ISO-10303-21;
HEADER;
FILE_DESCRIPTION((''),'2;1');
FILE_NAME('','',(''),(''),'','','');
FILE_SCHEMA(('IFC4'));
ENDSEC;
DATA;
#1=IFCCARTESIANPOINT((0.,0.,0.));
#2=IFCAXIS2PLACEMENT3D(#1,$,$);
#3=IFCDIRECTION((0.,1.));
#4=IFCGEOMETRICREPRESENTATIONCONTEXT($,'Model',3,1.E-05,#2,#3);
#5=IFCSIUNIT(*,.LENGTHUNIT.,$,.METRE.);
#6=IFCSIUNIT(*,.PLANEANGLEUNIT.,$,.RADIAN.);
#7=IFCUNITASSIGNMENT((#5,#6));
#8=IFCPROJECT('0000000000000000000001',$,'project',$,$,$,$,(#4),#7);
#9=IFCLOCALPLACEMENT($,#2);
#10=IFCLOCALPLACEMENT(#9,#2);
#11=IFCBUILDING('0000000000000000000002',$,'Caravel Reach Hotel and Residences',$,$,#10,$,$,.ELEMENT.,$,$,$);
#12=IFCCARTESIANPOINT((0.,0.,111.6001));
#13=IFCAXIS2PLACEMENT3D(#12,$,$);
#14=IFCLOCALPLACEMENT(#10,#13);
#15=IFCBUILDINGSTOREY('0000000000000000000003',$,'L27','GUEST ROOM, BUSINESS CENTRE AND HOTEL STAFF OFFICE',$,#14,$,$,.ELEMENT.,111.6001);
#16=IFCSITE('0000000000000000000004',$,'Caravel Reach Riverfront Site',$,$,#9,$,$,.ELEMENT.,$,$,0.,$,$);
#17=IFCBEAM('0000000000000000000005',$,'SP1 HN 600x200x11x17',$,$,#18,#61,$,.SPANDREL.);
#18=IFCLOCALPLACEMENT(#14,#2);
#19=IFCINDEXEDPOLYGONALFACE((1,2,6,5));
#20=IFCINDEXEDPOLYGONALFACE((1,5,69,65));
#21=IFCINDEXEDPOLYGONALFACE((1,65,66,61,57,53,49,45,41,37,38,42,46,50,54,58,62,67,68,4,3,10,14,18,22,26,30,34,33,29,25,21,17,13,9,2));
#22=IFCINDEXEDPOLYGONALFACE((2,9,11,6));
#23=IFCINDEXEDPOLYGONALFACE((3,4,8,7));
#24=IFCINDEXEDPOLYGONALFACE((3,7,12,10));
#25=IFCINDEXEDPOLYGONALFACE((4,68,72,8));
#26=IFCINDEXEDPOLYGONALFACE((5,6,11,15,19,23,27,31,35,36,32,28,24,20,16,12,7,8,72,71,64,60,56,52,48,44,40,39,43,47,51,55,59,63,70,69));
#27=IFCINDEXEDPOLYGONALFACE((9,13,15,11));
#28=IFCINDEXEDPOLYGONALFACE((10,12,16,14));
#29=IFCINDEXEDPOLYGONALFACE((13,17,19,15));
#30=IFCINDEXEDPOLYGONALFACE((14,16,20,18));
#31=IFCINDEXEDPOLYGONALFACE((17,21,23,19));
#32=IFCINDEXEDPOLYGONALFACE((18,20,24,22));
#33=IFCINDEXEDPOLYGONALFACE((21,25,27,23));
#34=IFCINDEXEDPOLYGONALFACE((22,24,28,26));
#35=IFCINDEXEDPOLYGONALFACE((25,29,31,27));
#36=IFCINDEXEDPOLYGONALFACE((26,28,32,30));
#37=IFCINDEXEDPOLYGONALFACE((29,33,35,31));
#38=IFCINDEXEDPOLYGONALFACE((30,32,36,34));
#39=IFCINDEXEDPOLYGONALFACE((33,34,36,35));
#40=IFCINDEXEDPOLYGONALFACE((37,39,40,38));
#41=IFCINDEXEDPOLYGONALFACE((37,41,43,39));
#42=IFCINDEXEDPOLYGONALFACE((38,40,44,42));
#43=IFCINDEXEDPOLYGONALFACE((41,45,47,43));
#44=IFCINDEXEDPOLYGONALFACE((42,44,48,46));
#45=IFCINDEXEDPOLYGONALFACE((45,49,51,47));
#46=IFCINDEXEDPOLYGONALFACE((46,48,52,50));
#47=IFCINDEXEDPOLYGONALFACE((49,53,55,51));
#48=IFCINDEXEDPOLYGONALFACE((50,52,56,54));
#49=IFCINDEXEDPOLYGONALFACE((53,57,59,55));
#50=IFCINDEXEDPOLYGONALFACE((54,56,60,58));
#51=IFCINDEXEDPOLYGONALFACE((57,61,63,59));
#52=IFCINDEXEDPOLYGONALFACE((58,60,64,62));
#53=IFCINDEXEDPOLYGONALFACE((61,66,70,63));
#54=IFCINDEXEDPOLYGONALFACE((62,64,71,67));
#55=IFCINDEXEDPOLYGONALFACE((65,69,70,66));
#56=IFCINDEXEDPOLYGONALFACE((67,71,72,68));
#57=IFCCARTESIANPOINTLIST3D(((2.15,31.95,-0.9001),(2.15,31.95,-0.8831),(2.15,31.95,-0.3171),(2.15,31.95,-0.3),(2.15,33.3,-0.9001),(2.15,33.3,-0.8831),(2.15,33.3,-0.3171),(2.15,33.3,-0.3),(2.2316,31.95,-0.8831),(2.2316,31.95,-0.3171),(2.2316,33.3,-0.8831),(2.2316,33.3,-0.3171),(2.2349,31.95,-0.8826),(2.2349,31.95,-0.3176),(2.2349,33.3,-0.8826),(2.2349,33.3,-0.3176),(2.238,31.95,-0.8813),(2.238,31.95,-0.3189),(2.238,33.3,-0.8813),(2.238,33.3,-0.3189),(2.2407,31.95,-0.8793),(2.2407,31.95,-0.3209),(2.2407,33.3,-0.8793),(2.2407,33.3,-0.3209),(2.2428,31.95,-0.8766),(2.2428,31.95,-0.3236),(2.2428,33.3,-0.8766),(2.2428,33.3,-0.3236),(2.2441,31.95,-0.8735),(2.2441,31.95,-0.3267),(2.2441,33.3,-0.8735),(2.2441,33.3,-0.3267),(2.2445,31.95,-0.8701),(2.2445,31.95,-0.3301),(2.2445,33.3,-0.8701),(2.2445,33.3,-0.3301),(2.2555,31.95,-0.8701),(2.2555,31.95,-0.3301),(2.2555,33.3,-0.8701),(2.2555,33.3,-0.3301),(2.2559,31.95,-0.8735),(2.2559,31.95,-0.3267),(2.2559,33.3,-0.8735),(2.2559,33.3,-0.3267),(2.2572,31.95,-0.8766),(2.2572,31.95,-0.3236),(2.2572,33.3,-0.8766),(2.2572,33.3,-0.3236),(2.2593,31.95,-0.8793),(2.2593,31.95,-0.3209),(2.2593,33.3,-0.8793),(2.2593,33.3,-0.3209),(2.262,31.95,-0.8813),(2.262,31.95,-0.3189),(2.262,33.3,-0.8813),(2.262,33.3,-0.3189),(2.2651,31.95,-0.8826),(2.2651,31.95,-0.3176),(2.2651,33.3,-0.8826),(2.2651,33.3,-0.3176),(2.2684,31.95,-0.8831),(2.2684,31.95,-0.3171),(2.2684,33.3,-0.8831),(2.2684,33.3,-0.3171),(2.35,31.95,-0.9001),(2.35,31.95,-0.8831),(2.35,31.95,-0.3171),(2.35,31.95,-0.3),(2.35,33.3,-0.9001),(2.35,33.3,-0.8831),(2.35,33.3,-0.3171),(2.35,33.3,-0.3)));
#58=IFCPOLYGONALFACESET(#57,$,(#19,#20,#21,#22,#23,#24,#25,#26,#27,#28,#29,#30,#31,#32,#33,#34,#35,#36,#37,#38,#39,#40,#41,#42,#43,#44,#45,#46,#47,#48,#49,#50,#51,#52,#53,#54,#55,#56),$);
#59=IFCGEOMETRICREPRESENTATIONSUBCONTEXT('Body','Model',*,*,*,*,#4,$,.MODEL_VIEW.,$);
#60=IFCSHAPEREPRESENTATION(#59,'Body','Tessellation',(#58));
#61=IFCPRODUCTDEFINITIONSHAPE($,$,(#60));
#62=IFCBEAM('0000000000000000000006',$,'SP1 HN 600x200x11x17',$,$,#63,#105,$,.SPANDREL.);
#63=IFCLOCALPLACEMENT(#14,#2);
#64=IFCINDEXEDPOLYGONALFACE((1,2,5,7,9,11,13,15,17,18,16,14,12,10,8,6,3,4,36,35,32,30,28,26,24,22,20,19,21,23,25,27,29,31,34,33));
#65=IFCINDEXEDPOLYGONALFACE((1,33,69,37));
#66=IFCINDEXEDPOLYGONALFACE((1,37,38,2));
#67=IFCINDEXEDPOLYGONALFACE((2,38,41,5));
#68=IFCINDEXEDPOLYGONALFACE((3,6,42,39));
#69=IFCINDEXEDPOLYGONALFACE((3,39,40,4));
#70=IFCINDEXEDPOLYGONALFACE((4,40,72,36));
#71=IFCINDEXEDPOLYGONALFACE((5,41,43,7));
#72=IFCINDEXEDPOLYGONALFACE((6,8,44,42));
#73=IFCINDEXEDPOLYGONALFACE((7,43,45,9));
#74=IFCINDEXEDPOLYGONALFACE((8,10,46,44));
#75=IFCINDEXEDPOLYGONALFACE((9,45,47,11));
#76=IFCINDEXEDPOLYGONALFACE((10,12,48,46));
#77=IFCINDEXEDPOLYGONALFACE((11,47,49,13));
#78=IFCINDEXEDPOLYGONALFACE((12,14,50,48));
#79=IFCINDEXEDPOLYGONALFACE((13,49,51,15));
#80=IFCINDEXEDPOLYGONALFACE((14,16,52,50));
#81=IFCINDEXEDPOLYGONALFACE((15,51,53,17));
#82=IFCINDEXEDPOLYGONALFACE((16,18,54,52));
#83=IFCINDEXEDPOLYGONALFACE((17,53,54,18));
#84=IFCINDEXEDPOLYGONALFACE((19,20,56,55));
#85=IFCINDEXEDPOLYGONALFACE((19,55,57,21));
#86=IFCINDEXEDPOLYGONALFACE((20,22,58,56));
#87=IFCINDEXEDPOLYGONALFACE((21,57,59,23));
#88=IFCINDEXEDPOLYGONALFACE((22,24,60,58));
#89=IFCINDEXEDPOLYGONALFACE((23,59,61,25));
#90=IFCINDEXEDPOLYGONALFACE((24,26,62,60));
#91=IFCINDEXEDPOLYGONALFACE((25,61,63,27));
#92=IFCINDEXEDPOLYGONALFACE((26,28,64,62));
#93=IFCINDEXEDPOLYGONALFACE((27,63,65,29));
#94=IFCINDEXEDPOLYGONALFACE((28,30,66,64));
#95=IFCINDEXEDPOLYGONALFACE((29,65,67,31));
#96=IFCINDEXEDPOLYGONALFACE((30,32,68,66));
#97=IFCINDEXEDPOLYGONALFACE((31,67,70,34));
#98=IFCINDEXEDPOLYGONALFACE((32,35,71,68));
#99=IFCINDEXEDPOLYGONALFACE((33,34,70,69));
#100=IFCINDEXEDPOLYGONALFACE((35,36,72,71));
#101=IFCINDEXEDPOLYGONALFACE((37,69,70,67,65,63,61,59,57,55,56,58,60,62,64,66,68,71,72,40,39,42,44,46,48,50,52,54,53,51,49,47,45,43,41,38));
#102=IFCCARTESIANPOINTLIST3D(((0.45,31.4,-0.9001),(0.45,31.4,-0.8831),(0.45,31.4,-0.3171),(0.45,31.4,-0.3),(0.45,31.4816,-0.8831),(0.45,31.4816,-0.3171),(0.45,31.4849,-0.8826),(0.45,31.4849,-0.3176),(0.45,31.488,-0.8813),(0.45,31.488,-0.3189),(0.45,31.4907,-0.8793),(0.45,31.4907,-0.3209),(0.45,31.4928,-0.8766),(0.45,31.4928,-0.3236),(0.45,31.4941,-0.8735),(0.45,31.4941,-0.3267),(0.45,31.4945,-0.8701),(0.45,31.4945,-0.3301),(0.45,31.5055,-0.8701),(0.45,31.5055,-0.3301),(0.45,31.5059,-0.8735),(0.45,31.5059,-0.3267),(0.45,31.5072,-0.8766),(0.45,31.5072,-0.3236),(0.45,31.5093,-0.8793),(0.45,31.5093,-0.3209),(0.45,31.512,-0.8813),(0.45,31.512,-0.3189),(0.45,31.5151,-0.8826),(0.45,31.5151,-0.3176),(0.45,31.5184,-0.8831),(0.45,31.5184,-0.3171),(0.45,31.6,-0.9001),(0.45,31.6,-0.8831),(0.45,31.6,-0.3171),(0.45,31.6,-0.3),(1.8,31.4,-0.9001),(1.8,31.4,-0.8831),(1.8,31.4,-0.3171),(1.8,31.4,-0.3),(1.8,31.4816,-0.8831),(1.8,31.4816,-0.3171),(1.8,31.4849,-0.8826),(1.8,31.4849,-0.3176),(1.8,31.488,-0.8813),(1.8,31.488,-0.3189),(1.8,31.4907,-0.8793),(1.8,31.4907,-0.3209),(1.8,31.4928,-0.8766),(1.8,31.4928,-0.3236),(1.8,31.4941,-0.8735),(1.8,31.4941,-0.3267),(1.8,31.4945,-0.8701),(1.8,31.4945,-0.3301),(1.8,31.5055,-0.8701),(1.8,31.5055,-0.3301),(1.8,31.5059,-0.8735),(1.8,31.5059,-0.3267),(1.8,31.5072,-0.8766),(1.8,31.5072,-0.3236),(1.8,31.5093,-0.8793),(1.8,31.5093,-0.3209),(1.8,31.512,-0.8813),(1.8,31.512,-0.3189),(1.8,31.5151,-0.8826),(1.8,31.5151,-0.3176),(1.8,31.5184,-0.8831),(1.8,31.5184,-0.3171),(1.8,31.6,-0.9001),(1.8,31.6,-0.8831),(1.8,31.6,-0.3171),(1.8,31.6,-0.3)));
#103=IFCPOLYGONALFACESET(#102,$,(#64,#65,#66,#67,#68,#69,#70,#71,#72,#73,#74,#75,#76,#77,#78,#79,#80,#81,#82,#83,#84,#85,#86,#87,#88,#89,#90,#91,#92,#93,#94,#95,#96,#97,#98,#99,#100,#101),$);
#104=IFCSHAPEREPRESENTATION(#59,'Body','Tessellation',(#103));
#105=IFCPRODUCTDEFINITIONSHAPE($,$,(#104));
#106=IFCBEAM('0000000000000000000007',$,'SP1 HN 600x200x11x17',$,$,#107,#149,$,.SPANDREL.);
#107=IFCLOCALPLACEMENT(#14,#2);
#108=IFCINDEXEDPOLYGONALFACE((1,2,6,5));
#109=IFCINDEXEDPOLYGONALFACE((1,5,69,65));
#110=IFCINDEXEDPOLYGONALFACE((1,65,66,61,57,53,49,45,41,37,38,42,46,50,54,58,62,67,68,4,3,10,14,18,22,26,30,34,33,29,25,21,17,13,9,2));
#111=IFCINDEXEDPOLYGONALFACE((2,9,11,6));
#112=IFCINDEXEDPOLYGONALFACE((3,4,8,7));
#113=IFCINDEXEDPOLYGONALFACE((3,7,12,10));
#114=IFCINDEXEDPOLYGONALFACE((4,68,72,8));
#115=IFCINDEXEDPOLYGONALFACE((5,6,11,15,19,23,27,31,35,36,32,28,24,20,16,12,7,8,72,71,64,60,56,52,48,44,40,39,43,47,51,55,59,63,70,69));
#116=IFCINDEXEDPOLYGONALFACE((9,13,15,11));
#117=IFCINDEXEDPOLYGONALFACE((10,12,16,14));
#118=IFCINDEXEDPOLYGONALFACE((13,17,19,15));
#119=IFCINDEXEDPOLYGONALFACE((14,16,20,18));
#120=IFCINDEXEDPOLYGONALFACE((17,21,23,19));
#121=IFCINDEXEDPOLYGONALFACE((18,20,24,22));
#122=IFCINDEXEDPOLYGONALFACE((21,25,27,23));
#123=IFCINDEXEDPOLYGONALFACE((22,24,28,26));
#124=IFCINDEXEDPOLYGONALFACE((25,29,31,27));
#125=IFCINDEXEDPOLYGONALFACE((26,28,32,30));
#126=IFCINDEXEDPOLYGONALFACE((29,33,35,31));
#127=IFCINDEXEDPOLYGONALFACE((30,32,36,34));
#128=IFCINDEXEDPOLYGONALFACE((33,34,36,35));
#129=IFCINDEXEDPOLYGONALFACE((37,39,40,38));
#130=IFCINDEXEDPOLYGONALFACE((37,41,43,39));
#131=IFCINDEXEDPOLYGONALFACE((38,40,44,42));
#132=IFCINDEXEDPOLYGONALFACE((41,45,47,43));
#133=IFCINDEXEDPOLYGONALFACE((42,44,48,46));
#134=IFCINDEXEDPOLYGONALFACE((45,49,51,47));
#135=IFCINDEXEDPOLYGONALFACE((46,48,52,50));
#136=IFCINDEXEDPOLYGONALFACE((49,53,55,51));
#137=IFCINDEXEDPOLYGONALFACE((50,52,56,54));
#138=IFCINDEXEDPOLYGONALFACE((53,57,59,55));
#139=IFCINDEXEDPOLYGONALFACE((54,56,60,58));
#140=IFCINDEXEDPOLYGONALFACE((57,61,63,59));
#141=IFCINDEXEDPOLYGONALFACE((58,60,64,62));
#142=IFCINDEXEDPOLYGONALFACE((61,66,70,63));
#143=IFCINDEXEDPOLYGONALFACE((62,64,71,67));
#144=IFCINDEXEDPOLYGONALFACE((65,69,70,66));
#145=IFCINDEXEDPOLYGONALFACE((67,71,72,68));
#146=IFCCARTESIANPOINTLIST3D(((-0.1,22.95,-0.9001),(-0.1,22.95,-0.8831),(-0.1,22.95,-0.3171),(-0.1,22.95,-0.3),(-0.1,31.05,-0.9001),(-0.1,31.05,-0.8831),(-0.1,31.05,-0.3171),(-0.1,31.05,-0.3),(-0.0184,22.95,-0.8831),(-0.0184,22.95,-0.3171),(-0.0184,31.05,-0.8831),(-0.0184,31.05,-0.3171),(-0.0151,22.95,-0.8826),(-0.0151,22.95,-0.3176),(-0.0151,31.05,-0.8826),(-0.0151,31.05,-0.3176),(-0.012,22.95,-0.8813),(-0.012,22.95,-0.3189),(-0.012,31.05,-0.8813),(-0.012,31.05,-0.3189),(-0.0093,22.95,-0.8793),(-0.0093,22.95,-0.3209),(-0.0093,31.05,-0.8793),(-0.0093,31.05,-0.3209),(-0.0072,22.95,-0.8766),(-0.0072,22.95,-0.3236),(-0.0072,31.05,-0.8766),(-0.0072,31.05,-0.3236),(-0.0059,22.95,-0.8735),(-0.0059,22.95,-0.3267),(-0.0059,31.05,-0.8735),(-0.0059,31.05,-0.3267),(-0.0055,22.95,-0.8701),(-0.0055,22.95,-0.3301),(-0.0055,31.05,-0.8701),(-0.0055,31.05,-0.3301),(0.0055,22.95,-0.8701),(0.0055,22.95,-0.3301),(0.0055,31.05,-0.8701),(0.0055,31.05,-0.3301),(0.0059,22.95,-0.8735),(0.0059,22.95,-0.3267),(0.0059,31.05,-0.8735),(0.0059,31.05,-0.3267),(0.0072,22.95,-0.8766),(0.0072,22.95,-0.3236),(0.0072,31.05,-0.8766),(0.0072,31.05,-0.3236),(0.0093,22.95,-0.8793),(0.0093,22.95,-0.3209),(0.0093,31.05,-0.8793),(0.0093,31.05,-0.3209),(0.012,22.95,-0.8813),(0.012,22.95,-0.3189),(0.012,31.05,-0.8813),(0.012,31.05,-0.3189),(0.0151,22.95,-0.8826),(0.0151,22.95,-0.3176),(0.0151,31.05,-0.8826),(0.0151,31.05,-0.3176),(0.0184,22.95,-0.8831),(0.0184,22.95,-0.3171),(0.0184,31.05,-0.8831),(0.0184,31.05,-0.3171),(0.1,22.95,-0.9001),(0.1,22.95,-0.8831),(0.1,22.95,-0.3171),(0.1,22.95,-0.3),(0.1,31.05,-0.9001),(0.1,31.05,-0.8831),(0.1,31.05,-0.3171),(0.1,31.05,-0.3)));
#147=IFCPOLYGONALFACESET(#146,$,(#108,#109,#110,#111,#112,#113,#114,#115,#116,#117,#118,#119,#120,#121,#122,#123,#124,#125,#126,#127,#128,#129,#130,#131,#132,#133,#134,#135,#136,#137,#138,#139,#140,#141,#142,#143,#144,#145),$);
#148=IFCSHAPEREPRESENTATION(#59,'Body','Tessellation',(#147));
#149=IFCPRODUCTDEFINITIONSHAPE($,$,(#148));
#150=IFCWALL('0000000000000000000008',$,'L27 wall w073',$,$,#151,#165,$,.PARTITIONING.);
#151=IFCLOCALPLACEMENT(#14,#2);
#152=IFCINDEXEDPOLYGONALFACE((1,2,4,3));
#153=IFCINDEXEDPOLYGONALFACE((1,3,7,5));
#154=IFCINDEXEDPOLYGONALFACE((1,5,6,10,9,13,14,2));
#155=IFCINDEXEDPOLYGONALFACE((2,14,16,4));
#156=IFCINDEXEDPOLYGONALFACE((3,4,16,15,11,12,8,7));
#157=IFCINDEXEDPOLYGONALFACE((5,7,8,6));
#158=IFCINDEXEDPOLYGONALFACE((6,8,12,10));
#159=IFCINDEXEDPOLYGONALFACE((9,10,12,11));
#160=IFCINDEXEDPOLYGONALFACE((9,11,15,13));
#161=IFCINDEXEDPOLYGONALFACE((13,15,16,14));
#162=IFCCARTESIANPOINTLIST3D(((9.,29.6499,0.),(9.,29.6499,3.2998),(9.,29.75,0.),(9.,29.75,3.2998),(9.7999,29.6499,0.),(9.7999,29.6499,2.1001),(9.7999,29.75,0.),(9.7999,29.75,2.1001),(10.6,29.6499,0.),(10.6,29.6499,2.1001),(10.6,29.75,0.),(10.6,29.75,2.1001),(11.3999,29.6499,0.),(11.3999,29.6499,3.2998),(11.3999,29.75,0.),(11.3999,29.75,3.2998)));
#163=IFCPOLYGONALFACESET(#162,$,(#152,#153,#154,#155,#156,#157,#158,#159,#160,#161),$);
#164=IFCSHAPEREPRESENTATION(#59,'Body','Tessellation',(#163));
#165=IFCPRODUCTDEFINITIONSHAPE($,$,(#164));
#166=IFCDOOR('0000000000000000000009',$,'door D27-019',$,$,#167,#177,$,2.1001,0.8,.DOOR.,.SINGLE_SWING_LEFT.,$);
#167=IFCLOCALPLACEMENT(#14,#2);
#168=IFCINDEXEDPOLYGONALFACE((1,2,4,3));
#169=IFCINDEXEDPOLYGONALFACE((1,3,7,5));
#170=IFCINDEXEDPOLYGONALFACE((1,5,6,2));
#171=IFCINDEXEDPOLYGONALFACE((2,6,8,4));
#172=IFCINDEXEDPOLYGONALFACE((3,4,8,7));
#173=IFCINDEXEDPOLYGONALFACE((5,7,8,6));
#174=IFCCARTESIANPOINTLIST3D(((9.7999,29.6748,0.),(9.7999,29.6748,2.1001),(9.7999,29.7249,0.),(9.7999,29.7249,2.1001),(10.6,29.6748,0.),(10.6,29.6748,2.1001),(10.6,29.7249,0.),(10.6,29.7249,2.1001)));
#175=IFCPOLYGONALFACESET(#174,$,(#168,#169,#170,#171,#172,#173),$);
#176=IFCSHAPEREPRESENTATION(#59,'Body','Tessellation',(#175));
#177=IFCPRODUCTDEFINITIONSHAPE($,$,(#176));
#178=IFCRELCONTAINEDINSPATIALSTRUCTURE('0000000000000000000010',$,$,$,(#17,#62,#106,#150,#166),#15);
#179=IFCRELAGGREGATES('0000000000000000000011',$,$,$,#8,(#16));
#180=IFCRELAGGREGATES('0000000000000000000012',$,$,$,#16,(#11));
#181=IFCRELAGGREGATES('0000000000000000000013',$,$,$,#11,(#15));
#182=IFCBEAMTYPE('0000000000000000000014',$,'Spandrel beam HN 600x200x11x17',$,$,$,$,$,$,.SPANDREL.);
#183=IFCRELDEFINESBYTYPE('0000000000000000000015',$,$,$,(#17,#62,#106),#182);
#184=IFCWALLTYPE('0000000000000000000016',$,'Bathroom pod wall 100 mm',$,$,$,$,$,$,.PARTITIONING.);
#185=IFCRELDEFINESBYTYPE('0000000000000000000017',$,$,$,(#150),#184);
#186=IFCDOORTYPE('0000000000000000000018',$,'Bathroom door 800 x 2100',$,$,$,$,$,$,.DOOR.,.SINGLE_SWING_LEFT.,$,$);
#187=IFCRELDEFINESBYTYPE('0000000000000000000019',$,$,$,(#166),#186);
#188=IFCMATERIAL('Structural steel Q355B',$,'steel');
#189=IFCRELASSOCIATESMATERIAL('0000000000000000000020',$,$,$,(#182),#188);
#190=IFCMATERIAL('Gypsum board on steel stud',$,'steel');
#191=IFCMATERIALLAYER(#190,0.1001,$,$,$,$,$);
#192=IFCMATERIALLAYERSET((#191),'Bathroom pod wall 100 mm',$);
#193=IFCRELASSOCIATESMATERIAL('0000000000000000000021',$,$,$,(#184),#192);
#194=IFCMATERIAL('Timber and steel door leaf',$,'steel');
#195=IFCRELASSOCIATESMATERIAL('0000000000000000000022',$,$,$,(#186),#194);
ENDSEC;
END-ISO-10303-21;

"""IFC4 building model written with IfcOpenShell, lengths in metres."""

from ifc_helpers import new_model, si_unit, direction, frame, frame_2d, origin, origin_2d, place, context, subcontext, project, spatial, rectangle, i_section, extrude, material, layer, layer_set, material_profile, profile_set, type_object, element, fill, save


model = new_model("IFC4")

# Units and contexts
model_context = context("Model", 3, precision=1e-05, world=origin(), true_north=direction((0.0, 1.0)))
body_context = subcontext(model_context, "Body", "Model", "MODEL_VIEW")
ifc_project = project(units=[si_unit("LENGTHUNIT", "METRE"), si_unit("PLANEANGLEUNIT", "RADIAN")], contexts=[model_context])

# Site, building, storey
site_placement = place(None, origin())
site = spatial("IfcSite", under=ifc_project, at=site_placement, Name="Caravel Reach Riverfront Site", CompositionType="ELEMENT", RefElevation=0.0)
building_placement = place(site_placement, origin())
building = spatial("IfcBuilding", under=site, at=building_placement, Name="Caravel Reach Hotel and Residences", CompositionType="ELEMENT")
storey_placement = place(building_placement, frame((0.0, 0.0, 111.6001)))
storey = spatial("IfcBuildingStorey", under=building, at=storey_placement, Name="L27", Description="GUEST ROOM, BUSINESS CENTRE AND HOTEL STAFF OFFICE", CompositionType="ELEMENT", Elevation=111.6001)

# Beams
ifc_material_1 = material(Name="Structural steel Q355B", Category="steel")
ifc_material_profile_1 = material_profile(ifc_material_1, i_section(OverallWidth=0.2, OverallDepth=0.6001, WebThickness=0.011, FlangeThickness=0.0171, FilletRadius=0.0129, at=origin_2d()), Name="HN 600x200x11x17")
ifc_profile_set_1 = profile_set([ifc_material_profile_1], Name="Structural steel Q355B")
beam_type = type_object("IfcBeamType", Name="Spandrel beam HN 600x200x11x17", PredefinedType="SPANDREL", material=ifc_profile_set_1)
for number, where, z_axis, x_axis, name in (
    (1, (2.25, 33.3, -0.6001), (0.0, -1.0, 0.0), (1.0, 0.0, 0.0), "SP1 HN 600x200x11x17"),
    (2, (1.8, 31.5, -0.6001), (-1.0, 0.0, 0.0), (0.0, -1.0, 0.0), "SP1 HN 600x200x11x17"),
):
    element("IfcBeam", number, at=place(storey_placement, frame(where, z_axis=z_axis, x_axis=x_axis)), inside=storey, type_object=beam_type, Name=name, PredefinedType="SPANDREL", context=body_context, shape_type="SweptSolid", body=[
        extrude(i_section(OverallWidth=0.2, OverallDepth=0.6001, WebThickness=0.011, FlangeThickness=0.0171, FilletRadius=0.0129, at=origin_2d()), origin(), (0.0, 0.0, 1.0), 1.3501),
    ])
beam_placement = place(storey_placement, frame((0.0, 31.05, -0.6001), z_axis=(0.0, -1.0, 0.0), x_axis=(1.0, 0.0, 0.0)))
element("IfcBeam", 3, at=beam_placement, inside=storey, type_object=beam_type, Name="SP1 HN 600x200x11x17", PredefinedType="SPANDREL", context=body_context, shape_type="SweptSolid", body=[
    extrude(i_section(OverallWidth=0.2, OverallDepth=0.6001, WebThickness=0.011, FlangeThickness=0.0171, FilletRadius=0.0129, at=origin_2d()), origin(), (0.0, 0.0, 1.0), 8.1001),
])

# Wall, opening, door
ifc_material_2 = material(Name="Gypsum board on steel stud", Category="steel")
ifc_layer_1 = layer(ifc_material_2, 0.1001)
ifc_layer_set_1 = layer_set([ifc_layer_1], Name="Bathroom pod wall 100 mm")
wall_type_1 = type_object("IfcWallType", Name="Bathroom pod wall 100 mm", PredefinedType="PARTITIONING", material=ifc_layer_set_1)
wall_1_placement = place(storey_placement, frame((9.0, 29.7, 0.0), z_axis=(0.0, 0.0, 1.0), x_axis=(1.0, 0.0, 0.0)))
wall_1 = element("IfcWall", 4, at=wall_1_placement, inside=storey, type_object=wall_type_1, Name="L27 wall w073", PredefinedType="PARTITIONING", context=body_context, shape_type="SweptSolid", body=[
    extrude(rectangle(XDim=2.3999, YDim=0.1001, at=frame_2d((1.2, 0.0))), origin(), (0.0, 0.0, 1.0), 3.2998),
])
opening_1_placement = place(wall_1_placement, frame((0.8, 0.0, 0.0)))
opening_1 = element("IfcOpeningElement", 5, at=opening_1_placement, cuts=wall_1, PredefinedType="OPENING", context=body_context, shape_type="SweptSolid", body=[
    extrude(rectangle(XDim=0.8, YDim=2.1001, at=frame_2d((0.3999, 1.05))), frame((0.0, 0.0601, 0.0), z_axis=(0.0, -1.0, 0.0), x_axis=(1.0, 0.0, 0.0)), (0.0, 0.0, 1.0), 0.1201),
])
ifc_material_3 = material(Name="Timber and steel door leaf", Category="steel")
door_type_1 = type_object("IfcDoorType", Name="Bathroom door 800 x 2100", OperationType="SINGLE_SWING_LEFT", PredefinedType="DOOR", material=ifc_material_3)
door_1_placement = place(opening_1_placement, origin())
door_1 = element("IfcDoor", 6, at=door_1_placement, inside=storey, type_object=door_type_1, Name="door D27-019", OperationType="SINGLE_SWING_LEFT", OverallHeight=2.1001, OverallWidth=0.8, PredefinedType="DOOR", context=body_context, shape_type="SweptSolid", body=[
    extrude(rectangle(XDim=0.8, YDim=2.1001, at=frame_2d((0.3999, 1.05))), frame((0.0, 0.0249, 0.0), z_axis=(0.0, -1.0, 0.0), x_axis=(1.0, 0.0, 0.0)), (0.0, 0.0, 1.0), 0.05),
])
fill(opening_1, door_1)

save(model, "model.ifc")
